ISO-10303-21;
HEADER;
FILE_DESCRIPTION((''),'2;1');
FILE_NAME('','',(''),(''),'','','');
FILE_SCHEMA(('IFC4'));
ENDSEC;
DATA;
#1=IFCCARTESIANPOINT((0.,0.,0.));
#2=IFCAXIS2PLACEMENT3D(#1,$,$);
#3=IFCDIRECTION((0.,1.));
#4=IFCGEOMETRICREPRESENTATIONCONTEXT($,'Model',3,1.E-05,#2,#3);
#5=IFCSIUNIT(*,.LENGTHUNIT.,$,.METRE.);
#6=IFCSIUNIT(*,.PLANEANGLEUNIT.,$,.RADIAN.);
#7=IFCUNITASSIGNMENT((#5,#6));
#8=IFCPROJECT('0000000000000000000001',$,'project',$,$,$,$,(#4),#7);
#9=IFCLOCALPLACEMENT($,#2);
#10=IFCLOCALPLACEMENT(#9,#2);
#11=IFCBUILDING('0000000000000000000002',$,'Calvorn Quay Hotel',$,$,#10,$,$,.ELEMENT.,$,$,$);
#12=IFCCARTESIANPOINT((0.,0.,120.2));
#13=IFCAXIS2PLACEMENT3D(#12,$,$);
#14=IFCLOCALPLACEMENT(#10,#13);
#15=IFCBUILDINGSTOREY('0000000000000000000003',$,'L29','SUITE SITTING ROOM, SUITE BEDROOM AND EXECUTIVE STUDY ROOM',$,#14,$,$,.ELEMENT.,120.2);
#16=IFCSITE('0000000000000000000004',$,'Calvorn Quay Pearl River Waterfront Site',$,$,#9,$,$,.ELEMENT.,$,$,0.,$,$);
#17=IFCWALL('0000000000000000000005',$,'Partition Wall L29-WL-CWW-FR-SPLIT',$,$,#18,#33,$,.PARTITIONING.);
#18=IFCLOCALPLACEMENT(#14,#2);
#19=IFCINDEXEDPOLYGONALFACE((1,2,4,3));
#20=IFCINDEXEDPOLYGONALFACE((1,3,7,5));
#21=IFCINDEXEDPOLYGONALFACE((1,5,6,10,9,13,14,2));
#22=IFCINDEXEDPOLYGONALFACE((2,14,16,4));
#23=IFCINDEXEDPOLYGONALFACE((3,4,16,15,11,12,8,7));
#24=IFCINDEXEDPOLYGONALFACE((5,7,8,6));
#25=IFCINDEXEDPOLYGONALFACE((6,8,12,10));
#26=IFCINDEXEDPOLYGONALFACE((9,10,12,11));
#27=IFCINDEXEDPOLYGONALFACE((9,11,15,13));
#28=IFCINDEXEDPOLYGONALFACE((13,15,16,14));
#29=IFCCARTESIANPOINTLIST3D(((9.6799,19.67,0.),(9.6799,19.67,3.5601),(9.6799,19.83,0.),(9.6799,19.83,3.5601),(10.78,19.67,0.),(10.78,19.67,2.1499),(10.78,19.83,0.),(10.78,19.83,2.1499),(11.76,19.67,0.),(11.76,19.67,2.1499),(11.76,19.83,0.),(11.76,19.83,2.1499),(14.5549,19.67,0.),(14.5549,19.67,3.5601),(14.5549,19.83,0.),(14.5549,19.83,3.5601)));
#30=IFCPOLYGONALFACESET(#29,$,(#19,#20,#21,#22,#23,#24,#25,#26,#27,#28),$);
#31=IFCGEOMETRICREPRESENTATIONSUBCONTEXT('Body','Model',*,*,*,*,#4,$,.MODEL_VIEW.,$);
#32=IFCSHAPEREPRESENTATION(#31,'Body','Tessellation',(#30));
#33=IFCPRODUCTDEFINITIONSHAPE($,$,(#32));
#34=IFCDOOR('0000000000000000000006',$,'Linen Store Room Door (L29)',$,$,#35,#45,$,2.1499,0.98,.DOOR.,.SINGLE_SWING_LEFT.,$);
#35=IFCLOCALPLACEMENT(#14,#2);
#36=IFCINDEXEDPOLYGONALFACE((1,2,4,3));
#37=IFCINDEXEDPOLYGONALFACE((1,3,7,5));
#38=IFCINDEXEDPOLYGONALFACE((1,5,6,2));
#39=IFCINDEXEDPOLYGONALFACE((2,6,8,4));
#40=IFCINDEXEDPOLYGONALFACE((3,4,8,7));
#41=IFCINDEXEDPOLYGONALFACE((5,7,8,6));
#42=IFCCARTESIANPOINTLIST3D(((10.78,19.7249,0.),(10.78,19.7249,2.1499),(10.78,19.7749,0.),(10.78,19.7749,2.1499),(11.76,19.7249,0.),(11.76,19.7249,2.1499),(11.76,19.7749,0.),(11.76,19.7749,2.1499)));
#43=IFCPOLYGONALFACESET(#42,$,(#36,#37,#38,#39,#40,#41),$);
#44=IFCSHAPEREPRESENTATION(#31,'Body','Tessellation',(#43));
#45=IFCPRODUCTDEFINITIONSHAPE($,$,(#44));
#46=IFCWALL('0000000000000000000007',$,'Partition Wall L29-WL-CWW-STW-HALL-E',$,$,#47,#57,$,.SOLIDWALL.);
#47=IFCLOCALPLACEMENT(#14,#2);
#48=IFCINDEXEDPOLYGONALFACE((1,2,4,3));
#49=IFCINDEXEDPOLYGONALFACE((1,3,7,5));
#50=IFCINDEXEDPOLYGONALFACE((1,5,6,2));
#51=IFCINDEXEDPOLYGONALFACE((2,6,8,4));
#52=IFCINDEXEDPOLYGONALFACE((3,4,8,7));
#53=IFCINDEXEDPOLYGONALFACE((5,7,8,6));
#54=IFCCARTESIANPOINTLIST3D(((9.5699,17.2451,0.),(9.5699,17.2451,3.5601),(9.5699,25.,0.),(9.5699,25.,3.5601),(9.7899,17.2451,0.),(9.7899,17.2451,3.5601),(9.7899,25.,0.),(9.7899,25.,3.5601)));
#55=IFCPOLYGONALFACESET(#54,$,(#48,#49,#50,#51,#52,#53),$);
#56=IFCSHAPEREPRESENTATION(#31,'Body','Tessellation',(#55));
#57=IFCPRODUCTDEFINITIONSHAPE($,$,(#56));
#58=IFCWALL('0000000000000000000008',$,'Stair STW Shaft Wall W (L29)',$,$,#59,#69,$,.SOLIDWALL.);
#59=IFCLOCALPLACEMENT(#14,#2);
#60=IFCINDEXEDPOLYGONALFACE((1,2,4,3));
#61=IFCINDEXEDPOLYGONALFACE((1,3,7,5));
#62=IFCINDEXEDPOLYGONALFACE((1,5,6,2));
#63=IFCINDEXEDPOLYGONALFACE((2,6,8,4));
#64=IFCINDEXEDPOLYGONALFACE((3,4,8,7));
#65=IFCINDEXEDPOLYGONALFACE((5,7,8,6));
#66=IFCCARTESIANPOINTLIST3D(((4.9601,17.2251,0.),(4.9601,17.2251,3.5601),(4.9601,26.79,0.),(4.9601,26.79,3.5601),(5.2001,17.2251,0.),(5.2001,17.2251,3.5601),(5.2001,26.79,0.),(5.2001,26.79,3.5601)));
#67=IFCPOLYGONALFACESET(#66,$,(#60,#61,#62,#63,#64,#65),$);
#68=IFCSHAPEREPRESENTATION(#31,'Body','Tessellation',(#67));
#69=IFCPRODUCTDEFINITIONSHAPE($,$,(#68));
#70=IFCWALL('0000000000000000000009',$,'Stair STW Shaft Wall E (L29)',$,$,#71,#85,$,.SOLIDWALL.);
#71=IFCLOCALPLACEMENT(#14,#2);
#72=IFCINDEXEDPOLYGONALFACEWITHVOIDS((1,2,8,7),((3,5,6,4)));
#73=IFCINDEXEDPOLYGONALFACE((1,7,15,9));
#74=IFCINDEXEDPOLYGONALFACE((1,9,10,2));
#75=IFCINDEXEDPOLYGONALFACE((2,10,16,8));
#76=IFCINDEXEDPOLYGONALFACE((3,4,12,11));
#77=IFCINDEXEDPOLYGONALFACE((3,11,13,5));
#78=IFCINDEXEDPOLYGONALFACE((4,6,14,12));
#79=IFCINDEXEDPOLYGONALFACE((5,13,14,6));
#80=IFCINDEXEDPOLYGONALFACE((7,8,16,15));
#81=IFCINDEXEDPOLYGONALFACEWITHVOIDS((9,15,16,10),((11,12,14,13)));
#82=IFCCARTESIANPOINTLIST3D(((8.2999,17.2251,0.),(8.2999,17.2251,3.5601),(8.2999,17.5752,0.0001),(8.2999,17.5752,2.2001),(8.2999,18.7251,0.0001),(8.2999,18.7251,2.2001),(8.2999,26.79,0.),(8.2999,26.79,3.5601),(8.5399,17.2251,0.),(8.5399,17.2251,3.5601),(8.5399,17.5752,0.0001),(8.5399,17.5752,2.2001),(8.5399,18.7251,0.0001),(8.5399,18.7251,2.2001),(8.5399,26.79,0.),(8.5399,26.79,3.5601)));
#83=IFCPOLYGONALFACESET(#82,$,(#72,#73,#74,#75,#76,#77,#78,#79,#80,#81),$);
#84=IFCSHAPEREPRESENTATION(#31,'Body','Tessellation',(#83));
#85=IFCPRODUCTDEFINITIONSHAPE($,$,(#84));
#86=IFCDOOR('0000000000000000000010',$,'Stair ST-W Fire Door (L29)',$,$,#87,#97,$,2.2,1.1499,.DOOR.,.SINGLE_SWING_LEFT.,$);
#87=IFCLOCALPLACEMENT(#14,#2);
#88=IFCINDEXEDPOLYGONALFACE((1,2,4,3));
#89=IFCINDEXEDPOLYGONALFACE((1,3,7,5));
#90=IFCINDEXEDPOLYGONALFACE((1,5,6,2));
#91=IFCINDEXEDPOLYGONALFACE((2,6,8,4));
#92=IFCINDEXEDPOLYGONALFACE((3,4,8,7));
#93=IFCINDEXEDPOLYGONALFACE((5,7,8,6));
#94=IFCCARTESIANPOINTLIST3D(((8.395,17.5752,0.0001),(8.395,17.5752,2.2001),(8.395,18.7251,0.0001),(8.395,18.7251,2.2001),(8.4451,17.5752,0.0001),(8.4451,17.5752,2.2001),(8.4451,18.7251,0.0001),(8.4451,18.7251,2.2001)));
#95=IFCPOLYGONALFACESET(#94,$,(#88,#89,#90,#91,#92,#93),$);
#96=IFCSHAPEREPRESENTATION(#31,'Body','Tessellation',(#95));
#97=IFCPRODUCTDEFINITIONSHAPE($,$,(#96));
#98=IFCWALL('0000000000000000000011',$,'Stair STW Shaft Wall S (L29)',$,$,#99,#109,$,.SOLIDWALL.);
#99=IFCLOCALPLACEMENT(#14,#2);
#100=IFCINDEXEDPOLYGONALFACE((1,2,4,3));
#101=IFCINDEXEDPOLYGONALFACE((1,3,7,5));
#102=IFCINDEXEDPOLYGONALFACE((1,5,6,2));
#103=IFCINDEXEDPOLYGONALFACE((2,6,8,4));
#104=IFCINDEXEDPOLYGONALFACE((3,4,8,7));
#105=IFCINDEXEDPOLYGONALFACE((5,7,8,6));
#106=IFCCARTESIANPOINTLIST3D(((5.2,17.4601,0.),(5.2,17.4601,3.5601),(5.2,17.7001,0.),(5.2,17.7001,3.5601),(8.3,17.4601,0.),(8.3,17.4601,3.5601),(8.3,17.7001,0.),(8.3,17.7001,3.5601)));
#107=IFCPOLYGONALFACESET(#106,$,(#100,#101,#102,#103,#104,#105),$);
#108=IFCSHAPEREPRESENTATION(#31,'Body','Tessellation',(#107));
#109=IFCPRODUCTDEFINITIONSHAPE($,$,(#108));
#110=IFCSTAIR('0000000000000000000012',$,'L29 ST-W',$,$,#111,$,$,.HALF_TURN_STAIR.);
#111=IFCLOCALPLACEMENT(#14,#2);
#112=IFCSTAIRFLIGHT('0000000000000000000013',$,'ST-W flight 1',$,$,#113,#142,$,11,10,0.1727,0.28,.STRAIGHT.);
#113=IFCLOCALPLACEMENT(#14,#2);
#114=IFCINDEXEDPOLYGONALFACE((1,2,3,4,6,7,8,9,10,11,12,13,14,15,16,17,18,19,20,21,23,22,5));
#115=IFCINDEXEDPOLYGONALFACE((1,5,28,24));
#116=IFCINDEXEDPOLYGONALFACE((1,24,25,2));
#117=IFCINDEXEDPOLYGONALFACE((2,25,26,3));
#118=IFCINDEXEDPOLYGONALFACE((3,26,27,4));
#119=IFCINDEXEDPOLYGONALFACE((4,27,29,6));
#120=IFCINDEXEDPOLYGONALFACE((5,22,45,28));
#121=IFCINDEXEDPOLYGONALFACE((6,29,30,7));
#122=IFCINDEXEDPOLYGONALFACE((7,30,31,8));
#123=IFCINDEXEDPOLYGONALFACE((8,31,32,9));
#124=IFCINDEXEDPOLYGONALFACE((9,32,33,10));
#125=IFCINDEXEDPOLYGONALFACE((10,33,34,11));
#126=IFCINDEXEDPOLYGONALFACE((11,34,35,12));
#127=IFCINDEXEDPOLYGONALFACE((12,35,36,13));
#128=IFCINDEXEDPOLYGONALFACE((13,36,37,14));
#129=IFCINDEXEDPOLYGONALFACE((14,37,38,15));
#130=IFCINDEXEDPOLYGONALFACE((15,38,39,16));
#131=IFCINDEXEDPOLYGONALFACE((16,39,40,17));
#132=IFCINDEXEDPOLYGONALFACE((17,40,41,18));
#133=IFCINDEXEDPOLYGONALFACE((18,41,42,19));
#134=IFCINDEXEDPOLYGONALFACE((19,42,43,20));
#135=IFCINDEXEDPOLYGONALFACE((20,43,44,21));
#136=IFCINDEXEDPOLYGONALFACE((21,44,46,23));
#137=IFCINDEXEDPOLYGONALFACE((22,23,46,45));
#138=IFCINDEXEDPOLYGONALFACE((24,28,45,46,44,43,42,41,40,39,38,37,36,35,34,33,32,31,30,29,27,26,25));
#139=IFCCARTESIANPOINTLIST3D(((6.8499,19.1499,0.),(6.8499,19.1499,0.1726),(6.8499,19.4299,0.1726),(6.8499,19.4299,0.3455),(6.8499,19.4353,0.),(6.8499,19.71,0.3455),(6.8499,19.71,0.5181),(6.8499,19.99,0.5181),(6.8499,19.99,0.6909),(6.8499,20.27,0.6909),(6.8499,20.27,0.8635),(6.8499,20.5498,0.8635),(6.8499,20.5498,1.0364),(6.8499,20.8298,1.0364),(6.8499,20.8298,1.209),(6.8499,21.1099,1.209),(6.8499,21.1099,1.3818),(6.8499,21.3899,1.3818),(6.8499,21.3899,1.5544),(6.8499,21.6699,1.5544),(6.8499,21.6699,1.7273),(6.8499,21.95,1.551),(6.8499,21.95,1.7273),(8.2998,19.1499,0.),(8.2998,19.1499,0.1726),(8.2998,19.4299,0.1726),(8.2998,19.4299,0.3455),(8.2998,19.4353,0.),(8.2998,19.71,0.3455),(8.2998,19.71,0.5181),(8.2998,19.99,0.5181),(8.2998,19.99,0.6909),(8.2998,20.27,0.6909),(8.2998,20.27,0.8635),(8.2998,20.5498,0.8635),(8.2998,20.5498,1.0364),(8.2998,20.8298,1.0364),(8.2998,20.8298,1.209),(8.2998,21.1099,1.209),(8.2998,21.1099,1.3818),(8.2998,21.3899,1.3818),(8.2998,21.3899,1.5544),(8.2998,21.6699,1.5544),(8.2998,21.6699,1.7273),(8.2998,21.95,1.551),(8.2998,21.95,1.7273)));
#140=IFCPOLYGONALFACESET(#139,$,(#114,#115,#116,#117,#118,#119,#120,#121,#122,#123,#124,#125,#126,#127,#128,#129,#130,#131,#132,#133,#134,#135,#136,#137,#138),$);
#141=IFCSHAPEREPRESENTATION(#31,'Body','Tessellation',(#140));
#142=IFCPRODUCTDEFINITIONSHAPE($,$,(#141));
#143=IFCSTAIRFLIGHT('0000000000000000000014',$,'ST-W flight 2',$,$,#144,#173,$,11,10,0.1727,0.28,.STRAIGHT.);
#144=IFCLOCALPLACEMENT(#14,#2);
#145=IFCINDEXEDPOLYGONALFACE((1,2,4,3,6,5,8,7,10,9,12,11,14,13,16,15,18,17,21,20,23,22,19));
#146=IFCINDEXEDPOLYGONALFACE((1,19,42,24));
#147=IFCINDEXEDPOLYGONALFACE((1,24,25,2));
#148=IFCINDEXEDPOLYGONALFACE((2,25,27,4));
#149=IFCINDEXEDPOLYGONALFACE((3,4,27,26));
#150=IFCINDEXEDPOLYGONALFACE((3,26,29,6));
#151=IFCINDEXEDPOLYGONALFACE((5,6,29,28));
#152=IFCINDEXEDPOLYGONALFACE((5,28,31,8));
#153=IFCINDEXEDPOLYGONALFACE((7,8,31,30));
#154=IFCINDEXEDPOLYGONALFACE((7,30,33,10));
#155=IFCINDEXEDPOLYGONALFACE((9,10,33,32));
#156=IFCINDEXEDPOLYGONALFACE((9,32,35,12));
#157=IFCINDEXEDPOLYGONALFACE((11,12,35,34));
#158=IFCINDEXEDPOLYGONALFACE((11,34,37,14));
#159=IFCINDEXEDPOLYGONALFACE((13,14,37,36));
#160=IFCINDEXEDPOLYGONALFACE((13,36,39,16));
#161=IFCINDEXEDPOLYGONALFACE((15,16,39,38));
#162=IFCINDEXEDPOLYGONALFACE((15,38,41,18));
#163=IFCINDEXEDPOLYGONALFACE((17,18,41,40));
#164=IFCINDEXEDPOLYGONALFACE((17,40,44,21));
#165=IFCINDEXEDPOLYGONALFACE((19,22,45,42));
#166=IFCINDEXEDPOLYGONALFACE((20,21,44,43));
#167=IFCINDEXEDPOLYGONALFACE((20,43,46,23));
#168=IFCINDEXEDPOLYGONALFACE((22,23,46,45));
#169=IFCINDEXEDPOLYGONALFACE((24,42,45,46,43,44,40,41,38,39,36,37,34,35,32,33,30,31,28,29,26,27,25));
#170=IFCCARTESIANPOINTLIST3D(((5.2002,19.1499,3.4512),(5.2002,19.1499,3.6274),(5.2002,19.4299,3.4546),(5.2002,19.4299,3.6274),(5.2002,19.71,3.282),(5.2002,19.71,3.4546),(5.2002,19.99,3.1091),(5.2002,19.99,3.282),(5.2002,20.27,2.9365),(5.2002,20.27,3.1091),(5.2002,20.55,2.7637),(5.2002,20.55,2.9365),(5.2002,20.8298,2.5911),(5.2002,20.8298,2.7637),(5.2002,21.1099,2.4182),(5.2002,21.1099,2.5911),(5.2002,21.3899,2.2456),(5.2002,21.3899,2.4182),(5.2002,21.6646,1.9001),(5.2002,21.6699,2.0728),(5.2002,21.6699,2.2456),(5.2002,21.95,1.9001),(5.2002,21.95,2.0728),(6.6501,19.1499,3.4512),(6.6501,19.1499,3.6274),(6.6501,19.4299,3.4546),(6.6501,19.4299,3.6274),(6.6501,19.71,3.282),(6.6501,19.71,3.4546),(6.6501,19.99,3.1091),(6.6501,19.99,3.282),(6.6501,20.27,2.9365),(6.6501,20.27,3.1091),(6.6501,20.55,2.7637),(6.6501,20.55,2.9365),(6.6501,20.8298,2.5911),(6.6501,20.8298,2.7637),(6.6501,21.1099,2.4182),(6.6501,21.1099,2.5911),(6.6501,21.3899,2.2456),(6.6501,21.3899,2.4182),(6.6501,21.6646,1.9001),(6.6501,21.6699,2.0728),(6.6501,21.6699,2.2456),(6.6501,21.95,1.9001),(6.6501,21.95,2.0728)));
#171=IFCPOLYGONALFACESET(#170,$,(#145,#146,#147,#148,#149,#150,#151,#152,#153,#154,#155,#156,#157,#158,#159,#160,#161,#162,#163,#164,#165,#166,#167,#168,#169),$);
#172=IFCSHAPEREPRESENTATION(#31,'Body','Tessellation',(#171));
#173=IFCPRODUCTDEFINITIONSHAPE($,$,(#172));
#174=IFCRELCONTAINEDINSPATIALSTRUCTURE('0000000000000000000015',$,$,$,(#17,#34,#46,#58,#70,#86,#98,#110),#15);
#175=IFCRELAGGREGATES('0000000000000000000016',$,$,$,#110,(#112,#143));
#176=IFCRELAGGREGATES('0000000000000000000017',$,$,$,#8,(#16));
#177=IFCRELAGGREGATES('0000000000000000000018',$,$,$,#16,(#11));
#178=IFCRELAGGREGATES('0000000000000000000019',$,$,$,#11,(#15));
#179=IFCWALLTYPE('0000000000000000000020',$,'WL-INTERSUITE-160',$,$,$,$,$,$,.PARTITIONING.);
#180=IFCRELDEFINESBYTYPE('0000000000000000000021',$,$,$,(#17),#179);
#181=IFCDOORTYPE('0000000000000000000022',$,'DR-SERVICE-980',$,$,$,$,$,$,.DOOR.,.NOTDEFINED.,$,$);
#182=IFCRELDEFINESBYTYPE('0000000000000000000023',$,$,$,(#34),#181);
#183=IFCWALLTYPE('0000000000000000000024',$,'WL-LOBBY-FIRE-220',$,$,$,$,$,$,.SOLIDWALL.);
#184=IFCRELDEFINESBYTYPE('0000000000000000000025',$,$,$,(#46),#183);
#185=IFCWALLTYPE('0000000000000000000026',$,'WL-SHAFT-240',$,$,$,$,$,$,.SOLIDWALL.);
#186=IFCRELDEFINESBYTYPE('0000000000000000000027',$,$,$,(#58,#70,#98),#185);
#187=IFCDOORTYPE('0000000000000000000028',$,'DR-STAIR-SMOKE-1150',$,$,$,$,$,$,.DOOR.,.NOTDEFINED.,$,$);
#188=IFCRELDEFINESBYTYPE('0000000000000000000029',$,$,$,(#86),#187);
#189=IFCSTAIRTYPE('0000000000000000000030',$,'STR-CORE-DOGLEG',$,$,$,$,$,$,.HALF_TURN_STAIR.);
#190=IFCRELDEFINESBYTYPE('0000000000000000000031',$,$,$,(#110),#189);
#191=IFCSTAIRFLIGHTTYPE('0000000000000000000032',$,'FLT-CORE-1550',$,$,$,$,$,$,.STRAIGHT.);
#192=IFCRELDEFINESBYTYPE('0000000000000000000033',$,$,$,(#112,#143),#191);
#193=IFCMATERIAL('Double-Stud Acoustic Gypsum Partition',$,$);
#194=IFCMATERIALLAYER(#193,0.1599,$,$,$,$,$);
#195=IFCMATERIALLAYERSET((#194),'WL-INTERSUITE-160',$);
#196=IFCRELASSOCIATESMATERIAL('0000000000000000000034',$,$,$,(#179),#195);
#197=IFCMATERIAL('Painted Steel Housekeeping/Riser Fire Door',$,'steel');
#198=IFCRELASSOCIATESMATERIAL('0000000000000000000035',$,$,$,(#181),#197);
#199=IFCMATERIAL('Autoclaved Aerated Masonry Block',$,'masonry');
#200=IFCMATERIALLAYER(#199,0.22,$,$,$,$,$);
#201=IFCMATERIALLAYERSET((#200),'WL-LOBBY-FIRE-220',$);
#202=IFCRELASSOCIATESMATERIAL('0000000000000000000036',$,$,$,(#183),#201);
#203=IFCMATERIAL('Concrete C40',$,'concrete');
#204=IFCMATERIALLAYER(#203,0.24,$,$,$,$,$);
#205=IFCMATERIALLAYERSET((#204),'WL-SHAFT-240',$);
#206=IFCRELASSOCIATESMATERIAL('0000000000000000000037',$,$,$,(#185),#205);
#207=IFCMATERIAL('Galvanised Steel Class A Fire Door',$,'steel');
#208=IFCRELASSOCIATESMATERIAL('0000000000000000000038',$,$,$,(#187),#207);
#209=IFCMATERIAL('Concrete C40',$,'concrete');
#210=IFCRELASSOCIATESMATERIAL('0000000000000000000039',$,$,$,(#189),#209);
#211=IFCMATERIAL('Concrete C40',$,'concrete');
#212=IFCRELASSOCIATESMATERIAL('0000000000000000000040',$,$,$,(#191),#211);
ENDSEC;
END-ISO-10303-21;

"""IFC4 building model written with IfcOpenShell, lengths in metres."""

from ifc_helpers import new_model, si_unit, direction, frame, frame_2d, origin, place, context, subcontext, project, spatial, polyline, rectangle, outline, extrude, material, layer, layer_set, type_object, element, fill, aggregate, save


model = new_model("IFC4")

# Units and contexts
model_context = context("Model", 3, precision=1e-05, world=origin(), true_north=direction((0.0, 1.0)))
body_context = subcontext(model_context, "Body", "Model", "MODEL_VIEW")
ifc_project = project(units=[si_unit("LENGTHUNIT", "METRE"), si_unit("PLANEANGLEUNIT", "RADIAN")], contexts=[model_context])

# Site, building, storey
site_placement = place(None, origin())
site = spatial("IfcSite", under=ifc_project, at=site_placement, Name="Calvorn Quay Pearl River Waterfront Site", CompositionType="ELEMENT", RefElevation=0.0)
building_placement = place(site_placement, origin())
building = spatial("IfcBuilding", under=site, at=building_placement, Name="Calvorn Quay Hotel", CompositionType="ELEMENT")
storey_placement = place(building_placement, frame((0.0, 0.0, 120.2)))
storey = spatial("IfcBuildingStorey", under=building, at=storey_placement, Name="L29", Description="SUITE SITTING ROOM, SUITE BEDROOM AND EXECUTIVE STUDY ROOM", CompositionType="ELEMENT", Elevation=120.2)

# Wall, opening, door
ifc_material_1 = material(Name="Double-Stud Acoustic Gypsum Partition")
ifc_layer_1 = layer(ifc_material_1, 0.1599)
ifc_layer_set_1 = layer_set([ifc_layer_1], Name="WL-INTERSUITE-160")
wall_type_1 = type_object("IfcWallType", Name="WL-INTERSUITE-160", PredefinedType="PARTITIONING", material=ifc_layer_set_1)
wall_1_placement = place(storey_placement, frame((9.6799, 19.75, 0.0), z_axis=(0.0, 0.0, 1.0), x_axis=(1.0, 0.0, 0.0)))
wall_1 = element("IfcWall", 1, at=wall_1_placement, inside=storey, type_object=wall_type_1, Name="Partition Wall L29-WL-CWW-FR-SPLIT", PredefinedType="PARTITIONING", context=body_context, shape_type="SweptSolid", body=[
    extrude(rectangle(XDim=4.875, YDim=0.1599, at=frame_2d((2.4375, 0.0))), origin(), (0.0, 0.0, 1.0), 3.5601),
])
opening_1_placement = place(wall_1_placement, frame((1.1001, 0.0, 0.0)))
opening_1 = element("IfcOpeningElement", 2, at=opening_1_placement, cuts=wall_1, PredefinedType="OPENING", context=body_context, shape_type="SweptSolid", body=[
    extrude(rectangle(XDim=0.98, YDim=2.1499, at=frame_2d((0.49, 1.075))), frame((0.0, 0.0898, 0.0), z_axis=(0.0, -1.0, 0.0), x_axis=(1.0, 0.0, 0.0)), (0.0, 0.0, 1.0), 0.1799),
])
ifc_material_2 = material(Name="Painted Steel Housekeeping/Riser Fire Door", Category="steel")
door_type_1 = type_object("IfcDoorType", Name="DR-SERVICE-980", OperationType="NOTDEFINED", PredefinedType="DOOR", material=ifc_material_2)
door_1_placement = place(opening_1_placement, origin())
door_1 = element("IfcDoor", 3, at=door_1_placement, inside=storey, type_object=door_type_1, Name="Linen Store Room Door (L29)", OperationType="SINGLE_SWING_LEFT", OverallHeight=2.1499, OverallWidth=0.98, PredefinedType="DOOR", context=body_context, shape_type="SweptSolid", body=[
    extrude(rectangle(XDim=0.98, YDim=2.1499, at=frame_2d((0.49, 1.075))), frame((0.0, 0.0249, 0.0), z_axis=(0.0, -1.0, 0.0), x_axis=(1.0, 0.0, 0.0)), (0.0, 0.0, 1.0), 0.05),
])
fill(opening_1, door_1)

# Walls
ifc_material_3 = material(Name="Autoclaved Aerated Masonry Block", Category="masonry")
ifc_layer_2 = layer(ifc_material_3, 0.22)
ifc_layer_set_2 = layer_set([ifc_layer_2], Name="WL-LOBBY-FIRE-220")
wall_type_2 = type_object("IfcWallType", Name="WL-LOBBY-FIRE-220", PredefinedType="SOLIDWALL", material=ifc_layer_set_2)
wall_2_placement = place(storey_placement, frame((9.6799, 17.2451, 0.0), z_axis=(0.0, 0.0, 1.0), x_axis=(0.0, 1.0, 0.0)))
element("IfcWall", 4, at=wall_2_placement, inside=storey, type_object=wall_type_2, Name="Partition Wall L29-WL-CWW-STW-HALL-E", PredefinedType="SOLIDWALL", context=body_context, shape_type="SweptSolid", body=[
    extrude(rectangle(XDim=7.7549, YDim=0.22, at=frame_2d((3.8774, 0.0))), origin(), (0.0, 0.0, 1.0), 3.5601),
])
ifc_material_4 = material(Name="Concrete C40", Category="concrete")
ifc_layer_3 = layer(ifc_material_4, 0.24)
ifc_layer_set_3 = layer_set([ifc_layer_3], Name="WL-SHAFT-240")
wall_type_3 = type_object("IfcWallType", Name="WL-SHAFT-240", PredefinedType="SOLIDWALL", material=ifc_layer_set_3)
wall_3_placement = place(storey_placement, frame((5.0801, 17.2251, 0.0), z_axis=(0.0, 0.0, 1.0), x_axis=(0.0, 1.0, 0.0)))
element("IfcWall", 5, at=wall_3_placement, inside=storey, type_object=wall_type_3, Name="Stair STW Shaft Wall W (L29)", PredefinedType="SOLIDWALL", context=body_context, shape_type="SweptSolid", body=[
    extrude(rectangle(XDim=9.5649, YDim=0.24, at=frame_2d((4.7825, 0.0))), origin(), (0.0, 0.0, 1.0), 3.5601),
])

# Wall, opening, door
wall_4_placement = place(storey_placement, frame((8.4199, 17.2251, 0.0), z_axis=(0.0, 0.0, 1.0), x_axis=(0.0, 1.0, 0.0)))
wall_4 = element("IfcWall", 6, at=wall_4_placement, inside=storey, type_object=wall_type_3, Name="Stair STW Shaft Wall E (L29)", PredefinedType="SOLIDWALL", context=body_context, shape_type="SweptSolid", body=[
    extrude(rectangle(XDim=9.5649, YDim=0.24, at=frame_2d((4.7825, 0.0))), origin(), (0.0, 0.0, 1.0), 3.5601),
])
opening_2_placement = place(wall_4_placement, frame((0.3501, 0.0, 0.0)))
opening_2 = element("IfcOpeningElement", 7, at=opening_2_placement, cuts=wall_4, PredefinedType="OPENING", context=body_context, shape_type="SweptSolid", body=[
    extrude(rectangle(XDim=1.1499, YDim=2.2, at=frame_2d((0.575, 1.1001))), frame((0.0, 0.1299, 0.0), z_axis=(0.0, -1.0, 0.0), x_axis=(1.0, 0.0, 0.0)), (0.0, 0.0, 1.0), 0.26),
])
ifc_material_5 = material(Name="Galvanised Steel Class A Fire Door", Category="steel")
door_type_2 = type_object("IfcDoorType", Name="DR-STAIR-SMOKE-1150", OperationType="NOTDEFINED", PredefinedType="DOOR", material=ifc_material_5)
door_2_placement = place(opening_2_placement, origin())
door_2 = element("IfcDoor", 8, at=door_2_placement, inside=storey, type_object=door_type_2, Name="Stair ST-W Fire Door (L29)", OperationType="SINGLE_SWING_LEFT", OverallHeight=2.2, OverallWidth=1.1499, PredefinedType="DOOR", context=body_context, shape_type="SweptSolid", body=[
    extrude(rectangle(XDim=1.1499, YDim=2.2, at=frame_2d((0.575, 1.1001))), frame((0.0, 0.0249, 0.0), z_axis=(0.0, -1.0, 0.0), x_axis=(1.0, 0.0, 0.0)), (0.0, 0.0, 1.0), 0.05),
])
fill(opening_2, door_2)

# Wall
wall_5_placement = place(storey_placement, frame((5.2, 17.5801, 0.0), z_axis=(0.0, 0.0, 1.0), x_axis=(1.0, 0.0, 0.0)))
element("IfcWall", 9, at=wall_5_placement, inside=storey, type_object=wall_type_3, Name="Stair STW Shaft Wall S (L29)", PredefinedType="SOLIDWALL", context=body_context, shape_type="SweptSolid", body=[
    extrude(rectangle(XDim=3.1001, YDim=0.24, at=frame_2d((1.55, 0.0))), origin(), (0.0, 0.0, 1.0), 3.5601),
])

# Stair, stair flights
ifc_material_6 = material(Name="Concrete C40", Category="concrete")
stair_type = type_object("IfcStairType", Name="STR-CORE-DOGLEG", PredefinedType="HALF_TURN_STAIR", material=ifc_material_6)
stair_placement = place(storey_placement, origin())
stair = element("IfcStair", 10, at=stair_placement, inside=storey, type_object=stair_type, Name="L29 ST-W", PredefinedType="HALF_TURN_STAIR")
ifc_material_7 = material(Name="Concrete C40", Category="concrete")
stair_flight_type = type_object("IfcStairFlightType", Name="FLT-CORE-1550", PredefinedType="STRAIGHT", material=ifc_material_7)
stair_flight_1_placement = place(storey_placement, frame((7.575, 19.1499, 0.0), z_axis=(0.0, 0.0, 1.0), x_axis=(0.0, 1.0, 0.0)))
stair_flight_1 = element("IfcStairFlight", 11, at=stair_flight_1_placement, type_object=stair_flight_type, Name="ST-W flight 1", NumberOfRisers=11, NumberOfTreads=10, PredefinedType="STRAIGHT", RiserHeight=0.1727, TreadLength=0.28, context=body_context, shape_type="SweptSolid", body=[
    extrude(outline(polyline([(0.0, 0.0), (0.0, 0.1726), (0.28, 0.1726), (0.28, 0.3455), (0.5601, 0.3455), (0.5601, 0.5181), (0.8401, 0.5181), (0.8401, 0.6909), (1.1201, 0.6909), (1.1201, 0.8635), (1.3999, 0.8635), (1.3999, 1.0364), (1.6799, 1.0364), (1.6799, 1.209), (1.96, 1.209), (1.96, 1.3818), (2.24, 1.3818), (2.24, 1.5544), (2.52, 1.5544), (2.52, 1.7273), (2.8, 1.7273), (2.8, 1.8999), (2.8, 1.551), (0.2854, 0.0), (0.0, 0.0)])), frame((0.0, 0.7251, 0.0), z_axis=(0.0, -1.0, 0.0), x_axis=(1.0, 0.0, 0.0)), (0.0, 0.0, 1.0), 1.45),
])
stair_flight_2_placement = place(storey_placement, frame((5.925, 21.95, 1.9001), z_axis=(0.0, 0.0, 1.0), x_axis=(0.0, -1.0, 0.0)))
stair_flight_2 = element("IfcStairFlight", 12, at=stair_flight_2_placement, type_object=stair_flight_type, Name="ST-W flight 2", NumberOfRisers=11, NumberOfTreads=10, PredefinedType="STRAIGHT", RiserHeight=0.1727, TreadLength=0.28, context=body_context, shape_type="SweptSolid", body=[
    extrude(outline(polyline([(0.0, 0.0), (0.0, 0.1726), (0.28, 0.1726), (0.28, 0.3455), (0.5601, 0.3455), (0.5601, 0.5181), (0.8401, 0.5181), (0.8401, 0.6909), (1.1201, 0.6909), (1.1201, 0.8635), (1.3999, 0.8635), (1.3999, 1.0364), (1.6799, 1.0364), (1.6799, 1.209), (1.96, 1.209), (1.96, 1.3818), (2.24, 1.3818), (2.24, 1.5544), (2.52, 1.5544), (2.52, 1.7273), (2.8, 1.7273), (2.8, 1.8999), (2.8, 1.551), (0.2854, 0.0), (0.0, 0.0)])), frame((0.0, 0.7251, 0.0), z_axis=(0.0, -1.0, 0.0), x_axis=(1.0, 0.0, 0.0)), (0.0, 0.0, 1.0), 1.45),
])
aggregate(stair, [stair_flight_1, stair_flight_2])

save(model, "model.ifc")
